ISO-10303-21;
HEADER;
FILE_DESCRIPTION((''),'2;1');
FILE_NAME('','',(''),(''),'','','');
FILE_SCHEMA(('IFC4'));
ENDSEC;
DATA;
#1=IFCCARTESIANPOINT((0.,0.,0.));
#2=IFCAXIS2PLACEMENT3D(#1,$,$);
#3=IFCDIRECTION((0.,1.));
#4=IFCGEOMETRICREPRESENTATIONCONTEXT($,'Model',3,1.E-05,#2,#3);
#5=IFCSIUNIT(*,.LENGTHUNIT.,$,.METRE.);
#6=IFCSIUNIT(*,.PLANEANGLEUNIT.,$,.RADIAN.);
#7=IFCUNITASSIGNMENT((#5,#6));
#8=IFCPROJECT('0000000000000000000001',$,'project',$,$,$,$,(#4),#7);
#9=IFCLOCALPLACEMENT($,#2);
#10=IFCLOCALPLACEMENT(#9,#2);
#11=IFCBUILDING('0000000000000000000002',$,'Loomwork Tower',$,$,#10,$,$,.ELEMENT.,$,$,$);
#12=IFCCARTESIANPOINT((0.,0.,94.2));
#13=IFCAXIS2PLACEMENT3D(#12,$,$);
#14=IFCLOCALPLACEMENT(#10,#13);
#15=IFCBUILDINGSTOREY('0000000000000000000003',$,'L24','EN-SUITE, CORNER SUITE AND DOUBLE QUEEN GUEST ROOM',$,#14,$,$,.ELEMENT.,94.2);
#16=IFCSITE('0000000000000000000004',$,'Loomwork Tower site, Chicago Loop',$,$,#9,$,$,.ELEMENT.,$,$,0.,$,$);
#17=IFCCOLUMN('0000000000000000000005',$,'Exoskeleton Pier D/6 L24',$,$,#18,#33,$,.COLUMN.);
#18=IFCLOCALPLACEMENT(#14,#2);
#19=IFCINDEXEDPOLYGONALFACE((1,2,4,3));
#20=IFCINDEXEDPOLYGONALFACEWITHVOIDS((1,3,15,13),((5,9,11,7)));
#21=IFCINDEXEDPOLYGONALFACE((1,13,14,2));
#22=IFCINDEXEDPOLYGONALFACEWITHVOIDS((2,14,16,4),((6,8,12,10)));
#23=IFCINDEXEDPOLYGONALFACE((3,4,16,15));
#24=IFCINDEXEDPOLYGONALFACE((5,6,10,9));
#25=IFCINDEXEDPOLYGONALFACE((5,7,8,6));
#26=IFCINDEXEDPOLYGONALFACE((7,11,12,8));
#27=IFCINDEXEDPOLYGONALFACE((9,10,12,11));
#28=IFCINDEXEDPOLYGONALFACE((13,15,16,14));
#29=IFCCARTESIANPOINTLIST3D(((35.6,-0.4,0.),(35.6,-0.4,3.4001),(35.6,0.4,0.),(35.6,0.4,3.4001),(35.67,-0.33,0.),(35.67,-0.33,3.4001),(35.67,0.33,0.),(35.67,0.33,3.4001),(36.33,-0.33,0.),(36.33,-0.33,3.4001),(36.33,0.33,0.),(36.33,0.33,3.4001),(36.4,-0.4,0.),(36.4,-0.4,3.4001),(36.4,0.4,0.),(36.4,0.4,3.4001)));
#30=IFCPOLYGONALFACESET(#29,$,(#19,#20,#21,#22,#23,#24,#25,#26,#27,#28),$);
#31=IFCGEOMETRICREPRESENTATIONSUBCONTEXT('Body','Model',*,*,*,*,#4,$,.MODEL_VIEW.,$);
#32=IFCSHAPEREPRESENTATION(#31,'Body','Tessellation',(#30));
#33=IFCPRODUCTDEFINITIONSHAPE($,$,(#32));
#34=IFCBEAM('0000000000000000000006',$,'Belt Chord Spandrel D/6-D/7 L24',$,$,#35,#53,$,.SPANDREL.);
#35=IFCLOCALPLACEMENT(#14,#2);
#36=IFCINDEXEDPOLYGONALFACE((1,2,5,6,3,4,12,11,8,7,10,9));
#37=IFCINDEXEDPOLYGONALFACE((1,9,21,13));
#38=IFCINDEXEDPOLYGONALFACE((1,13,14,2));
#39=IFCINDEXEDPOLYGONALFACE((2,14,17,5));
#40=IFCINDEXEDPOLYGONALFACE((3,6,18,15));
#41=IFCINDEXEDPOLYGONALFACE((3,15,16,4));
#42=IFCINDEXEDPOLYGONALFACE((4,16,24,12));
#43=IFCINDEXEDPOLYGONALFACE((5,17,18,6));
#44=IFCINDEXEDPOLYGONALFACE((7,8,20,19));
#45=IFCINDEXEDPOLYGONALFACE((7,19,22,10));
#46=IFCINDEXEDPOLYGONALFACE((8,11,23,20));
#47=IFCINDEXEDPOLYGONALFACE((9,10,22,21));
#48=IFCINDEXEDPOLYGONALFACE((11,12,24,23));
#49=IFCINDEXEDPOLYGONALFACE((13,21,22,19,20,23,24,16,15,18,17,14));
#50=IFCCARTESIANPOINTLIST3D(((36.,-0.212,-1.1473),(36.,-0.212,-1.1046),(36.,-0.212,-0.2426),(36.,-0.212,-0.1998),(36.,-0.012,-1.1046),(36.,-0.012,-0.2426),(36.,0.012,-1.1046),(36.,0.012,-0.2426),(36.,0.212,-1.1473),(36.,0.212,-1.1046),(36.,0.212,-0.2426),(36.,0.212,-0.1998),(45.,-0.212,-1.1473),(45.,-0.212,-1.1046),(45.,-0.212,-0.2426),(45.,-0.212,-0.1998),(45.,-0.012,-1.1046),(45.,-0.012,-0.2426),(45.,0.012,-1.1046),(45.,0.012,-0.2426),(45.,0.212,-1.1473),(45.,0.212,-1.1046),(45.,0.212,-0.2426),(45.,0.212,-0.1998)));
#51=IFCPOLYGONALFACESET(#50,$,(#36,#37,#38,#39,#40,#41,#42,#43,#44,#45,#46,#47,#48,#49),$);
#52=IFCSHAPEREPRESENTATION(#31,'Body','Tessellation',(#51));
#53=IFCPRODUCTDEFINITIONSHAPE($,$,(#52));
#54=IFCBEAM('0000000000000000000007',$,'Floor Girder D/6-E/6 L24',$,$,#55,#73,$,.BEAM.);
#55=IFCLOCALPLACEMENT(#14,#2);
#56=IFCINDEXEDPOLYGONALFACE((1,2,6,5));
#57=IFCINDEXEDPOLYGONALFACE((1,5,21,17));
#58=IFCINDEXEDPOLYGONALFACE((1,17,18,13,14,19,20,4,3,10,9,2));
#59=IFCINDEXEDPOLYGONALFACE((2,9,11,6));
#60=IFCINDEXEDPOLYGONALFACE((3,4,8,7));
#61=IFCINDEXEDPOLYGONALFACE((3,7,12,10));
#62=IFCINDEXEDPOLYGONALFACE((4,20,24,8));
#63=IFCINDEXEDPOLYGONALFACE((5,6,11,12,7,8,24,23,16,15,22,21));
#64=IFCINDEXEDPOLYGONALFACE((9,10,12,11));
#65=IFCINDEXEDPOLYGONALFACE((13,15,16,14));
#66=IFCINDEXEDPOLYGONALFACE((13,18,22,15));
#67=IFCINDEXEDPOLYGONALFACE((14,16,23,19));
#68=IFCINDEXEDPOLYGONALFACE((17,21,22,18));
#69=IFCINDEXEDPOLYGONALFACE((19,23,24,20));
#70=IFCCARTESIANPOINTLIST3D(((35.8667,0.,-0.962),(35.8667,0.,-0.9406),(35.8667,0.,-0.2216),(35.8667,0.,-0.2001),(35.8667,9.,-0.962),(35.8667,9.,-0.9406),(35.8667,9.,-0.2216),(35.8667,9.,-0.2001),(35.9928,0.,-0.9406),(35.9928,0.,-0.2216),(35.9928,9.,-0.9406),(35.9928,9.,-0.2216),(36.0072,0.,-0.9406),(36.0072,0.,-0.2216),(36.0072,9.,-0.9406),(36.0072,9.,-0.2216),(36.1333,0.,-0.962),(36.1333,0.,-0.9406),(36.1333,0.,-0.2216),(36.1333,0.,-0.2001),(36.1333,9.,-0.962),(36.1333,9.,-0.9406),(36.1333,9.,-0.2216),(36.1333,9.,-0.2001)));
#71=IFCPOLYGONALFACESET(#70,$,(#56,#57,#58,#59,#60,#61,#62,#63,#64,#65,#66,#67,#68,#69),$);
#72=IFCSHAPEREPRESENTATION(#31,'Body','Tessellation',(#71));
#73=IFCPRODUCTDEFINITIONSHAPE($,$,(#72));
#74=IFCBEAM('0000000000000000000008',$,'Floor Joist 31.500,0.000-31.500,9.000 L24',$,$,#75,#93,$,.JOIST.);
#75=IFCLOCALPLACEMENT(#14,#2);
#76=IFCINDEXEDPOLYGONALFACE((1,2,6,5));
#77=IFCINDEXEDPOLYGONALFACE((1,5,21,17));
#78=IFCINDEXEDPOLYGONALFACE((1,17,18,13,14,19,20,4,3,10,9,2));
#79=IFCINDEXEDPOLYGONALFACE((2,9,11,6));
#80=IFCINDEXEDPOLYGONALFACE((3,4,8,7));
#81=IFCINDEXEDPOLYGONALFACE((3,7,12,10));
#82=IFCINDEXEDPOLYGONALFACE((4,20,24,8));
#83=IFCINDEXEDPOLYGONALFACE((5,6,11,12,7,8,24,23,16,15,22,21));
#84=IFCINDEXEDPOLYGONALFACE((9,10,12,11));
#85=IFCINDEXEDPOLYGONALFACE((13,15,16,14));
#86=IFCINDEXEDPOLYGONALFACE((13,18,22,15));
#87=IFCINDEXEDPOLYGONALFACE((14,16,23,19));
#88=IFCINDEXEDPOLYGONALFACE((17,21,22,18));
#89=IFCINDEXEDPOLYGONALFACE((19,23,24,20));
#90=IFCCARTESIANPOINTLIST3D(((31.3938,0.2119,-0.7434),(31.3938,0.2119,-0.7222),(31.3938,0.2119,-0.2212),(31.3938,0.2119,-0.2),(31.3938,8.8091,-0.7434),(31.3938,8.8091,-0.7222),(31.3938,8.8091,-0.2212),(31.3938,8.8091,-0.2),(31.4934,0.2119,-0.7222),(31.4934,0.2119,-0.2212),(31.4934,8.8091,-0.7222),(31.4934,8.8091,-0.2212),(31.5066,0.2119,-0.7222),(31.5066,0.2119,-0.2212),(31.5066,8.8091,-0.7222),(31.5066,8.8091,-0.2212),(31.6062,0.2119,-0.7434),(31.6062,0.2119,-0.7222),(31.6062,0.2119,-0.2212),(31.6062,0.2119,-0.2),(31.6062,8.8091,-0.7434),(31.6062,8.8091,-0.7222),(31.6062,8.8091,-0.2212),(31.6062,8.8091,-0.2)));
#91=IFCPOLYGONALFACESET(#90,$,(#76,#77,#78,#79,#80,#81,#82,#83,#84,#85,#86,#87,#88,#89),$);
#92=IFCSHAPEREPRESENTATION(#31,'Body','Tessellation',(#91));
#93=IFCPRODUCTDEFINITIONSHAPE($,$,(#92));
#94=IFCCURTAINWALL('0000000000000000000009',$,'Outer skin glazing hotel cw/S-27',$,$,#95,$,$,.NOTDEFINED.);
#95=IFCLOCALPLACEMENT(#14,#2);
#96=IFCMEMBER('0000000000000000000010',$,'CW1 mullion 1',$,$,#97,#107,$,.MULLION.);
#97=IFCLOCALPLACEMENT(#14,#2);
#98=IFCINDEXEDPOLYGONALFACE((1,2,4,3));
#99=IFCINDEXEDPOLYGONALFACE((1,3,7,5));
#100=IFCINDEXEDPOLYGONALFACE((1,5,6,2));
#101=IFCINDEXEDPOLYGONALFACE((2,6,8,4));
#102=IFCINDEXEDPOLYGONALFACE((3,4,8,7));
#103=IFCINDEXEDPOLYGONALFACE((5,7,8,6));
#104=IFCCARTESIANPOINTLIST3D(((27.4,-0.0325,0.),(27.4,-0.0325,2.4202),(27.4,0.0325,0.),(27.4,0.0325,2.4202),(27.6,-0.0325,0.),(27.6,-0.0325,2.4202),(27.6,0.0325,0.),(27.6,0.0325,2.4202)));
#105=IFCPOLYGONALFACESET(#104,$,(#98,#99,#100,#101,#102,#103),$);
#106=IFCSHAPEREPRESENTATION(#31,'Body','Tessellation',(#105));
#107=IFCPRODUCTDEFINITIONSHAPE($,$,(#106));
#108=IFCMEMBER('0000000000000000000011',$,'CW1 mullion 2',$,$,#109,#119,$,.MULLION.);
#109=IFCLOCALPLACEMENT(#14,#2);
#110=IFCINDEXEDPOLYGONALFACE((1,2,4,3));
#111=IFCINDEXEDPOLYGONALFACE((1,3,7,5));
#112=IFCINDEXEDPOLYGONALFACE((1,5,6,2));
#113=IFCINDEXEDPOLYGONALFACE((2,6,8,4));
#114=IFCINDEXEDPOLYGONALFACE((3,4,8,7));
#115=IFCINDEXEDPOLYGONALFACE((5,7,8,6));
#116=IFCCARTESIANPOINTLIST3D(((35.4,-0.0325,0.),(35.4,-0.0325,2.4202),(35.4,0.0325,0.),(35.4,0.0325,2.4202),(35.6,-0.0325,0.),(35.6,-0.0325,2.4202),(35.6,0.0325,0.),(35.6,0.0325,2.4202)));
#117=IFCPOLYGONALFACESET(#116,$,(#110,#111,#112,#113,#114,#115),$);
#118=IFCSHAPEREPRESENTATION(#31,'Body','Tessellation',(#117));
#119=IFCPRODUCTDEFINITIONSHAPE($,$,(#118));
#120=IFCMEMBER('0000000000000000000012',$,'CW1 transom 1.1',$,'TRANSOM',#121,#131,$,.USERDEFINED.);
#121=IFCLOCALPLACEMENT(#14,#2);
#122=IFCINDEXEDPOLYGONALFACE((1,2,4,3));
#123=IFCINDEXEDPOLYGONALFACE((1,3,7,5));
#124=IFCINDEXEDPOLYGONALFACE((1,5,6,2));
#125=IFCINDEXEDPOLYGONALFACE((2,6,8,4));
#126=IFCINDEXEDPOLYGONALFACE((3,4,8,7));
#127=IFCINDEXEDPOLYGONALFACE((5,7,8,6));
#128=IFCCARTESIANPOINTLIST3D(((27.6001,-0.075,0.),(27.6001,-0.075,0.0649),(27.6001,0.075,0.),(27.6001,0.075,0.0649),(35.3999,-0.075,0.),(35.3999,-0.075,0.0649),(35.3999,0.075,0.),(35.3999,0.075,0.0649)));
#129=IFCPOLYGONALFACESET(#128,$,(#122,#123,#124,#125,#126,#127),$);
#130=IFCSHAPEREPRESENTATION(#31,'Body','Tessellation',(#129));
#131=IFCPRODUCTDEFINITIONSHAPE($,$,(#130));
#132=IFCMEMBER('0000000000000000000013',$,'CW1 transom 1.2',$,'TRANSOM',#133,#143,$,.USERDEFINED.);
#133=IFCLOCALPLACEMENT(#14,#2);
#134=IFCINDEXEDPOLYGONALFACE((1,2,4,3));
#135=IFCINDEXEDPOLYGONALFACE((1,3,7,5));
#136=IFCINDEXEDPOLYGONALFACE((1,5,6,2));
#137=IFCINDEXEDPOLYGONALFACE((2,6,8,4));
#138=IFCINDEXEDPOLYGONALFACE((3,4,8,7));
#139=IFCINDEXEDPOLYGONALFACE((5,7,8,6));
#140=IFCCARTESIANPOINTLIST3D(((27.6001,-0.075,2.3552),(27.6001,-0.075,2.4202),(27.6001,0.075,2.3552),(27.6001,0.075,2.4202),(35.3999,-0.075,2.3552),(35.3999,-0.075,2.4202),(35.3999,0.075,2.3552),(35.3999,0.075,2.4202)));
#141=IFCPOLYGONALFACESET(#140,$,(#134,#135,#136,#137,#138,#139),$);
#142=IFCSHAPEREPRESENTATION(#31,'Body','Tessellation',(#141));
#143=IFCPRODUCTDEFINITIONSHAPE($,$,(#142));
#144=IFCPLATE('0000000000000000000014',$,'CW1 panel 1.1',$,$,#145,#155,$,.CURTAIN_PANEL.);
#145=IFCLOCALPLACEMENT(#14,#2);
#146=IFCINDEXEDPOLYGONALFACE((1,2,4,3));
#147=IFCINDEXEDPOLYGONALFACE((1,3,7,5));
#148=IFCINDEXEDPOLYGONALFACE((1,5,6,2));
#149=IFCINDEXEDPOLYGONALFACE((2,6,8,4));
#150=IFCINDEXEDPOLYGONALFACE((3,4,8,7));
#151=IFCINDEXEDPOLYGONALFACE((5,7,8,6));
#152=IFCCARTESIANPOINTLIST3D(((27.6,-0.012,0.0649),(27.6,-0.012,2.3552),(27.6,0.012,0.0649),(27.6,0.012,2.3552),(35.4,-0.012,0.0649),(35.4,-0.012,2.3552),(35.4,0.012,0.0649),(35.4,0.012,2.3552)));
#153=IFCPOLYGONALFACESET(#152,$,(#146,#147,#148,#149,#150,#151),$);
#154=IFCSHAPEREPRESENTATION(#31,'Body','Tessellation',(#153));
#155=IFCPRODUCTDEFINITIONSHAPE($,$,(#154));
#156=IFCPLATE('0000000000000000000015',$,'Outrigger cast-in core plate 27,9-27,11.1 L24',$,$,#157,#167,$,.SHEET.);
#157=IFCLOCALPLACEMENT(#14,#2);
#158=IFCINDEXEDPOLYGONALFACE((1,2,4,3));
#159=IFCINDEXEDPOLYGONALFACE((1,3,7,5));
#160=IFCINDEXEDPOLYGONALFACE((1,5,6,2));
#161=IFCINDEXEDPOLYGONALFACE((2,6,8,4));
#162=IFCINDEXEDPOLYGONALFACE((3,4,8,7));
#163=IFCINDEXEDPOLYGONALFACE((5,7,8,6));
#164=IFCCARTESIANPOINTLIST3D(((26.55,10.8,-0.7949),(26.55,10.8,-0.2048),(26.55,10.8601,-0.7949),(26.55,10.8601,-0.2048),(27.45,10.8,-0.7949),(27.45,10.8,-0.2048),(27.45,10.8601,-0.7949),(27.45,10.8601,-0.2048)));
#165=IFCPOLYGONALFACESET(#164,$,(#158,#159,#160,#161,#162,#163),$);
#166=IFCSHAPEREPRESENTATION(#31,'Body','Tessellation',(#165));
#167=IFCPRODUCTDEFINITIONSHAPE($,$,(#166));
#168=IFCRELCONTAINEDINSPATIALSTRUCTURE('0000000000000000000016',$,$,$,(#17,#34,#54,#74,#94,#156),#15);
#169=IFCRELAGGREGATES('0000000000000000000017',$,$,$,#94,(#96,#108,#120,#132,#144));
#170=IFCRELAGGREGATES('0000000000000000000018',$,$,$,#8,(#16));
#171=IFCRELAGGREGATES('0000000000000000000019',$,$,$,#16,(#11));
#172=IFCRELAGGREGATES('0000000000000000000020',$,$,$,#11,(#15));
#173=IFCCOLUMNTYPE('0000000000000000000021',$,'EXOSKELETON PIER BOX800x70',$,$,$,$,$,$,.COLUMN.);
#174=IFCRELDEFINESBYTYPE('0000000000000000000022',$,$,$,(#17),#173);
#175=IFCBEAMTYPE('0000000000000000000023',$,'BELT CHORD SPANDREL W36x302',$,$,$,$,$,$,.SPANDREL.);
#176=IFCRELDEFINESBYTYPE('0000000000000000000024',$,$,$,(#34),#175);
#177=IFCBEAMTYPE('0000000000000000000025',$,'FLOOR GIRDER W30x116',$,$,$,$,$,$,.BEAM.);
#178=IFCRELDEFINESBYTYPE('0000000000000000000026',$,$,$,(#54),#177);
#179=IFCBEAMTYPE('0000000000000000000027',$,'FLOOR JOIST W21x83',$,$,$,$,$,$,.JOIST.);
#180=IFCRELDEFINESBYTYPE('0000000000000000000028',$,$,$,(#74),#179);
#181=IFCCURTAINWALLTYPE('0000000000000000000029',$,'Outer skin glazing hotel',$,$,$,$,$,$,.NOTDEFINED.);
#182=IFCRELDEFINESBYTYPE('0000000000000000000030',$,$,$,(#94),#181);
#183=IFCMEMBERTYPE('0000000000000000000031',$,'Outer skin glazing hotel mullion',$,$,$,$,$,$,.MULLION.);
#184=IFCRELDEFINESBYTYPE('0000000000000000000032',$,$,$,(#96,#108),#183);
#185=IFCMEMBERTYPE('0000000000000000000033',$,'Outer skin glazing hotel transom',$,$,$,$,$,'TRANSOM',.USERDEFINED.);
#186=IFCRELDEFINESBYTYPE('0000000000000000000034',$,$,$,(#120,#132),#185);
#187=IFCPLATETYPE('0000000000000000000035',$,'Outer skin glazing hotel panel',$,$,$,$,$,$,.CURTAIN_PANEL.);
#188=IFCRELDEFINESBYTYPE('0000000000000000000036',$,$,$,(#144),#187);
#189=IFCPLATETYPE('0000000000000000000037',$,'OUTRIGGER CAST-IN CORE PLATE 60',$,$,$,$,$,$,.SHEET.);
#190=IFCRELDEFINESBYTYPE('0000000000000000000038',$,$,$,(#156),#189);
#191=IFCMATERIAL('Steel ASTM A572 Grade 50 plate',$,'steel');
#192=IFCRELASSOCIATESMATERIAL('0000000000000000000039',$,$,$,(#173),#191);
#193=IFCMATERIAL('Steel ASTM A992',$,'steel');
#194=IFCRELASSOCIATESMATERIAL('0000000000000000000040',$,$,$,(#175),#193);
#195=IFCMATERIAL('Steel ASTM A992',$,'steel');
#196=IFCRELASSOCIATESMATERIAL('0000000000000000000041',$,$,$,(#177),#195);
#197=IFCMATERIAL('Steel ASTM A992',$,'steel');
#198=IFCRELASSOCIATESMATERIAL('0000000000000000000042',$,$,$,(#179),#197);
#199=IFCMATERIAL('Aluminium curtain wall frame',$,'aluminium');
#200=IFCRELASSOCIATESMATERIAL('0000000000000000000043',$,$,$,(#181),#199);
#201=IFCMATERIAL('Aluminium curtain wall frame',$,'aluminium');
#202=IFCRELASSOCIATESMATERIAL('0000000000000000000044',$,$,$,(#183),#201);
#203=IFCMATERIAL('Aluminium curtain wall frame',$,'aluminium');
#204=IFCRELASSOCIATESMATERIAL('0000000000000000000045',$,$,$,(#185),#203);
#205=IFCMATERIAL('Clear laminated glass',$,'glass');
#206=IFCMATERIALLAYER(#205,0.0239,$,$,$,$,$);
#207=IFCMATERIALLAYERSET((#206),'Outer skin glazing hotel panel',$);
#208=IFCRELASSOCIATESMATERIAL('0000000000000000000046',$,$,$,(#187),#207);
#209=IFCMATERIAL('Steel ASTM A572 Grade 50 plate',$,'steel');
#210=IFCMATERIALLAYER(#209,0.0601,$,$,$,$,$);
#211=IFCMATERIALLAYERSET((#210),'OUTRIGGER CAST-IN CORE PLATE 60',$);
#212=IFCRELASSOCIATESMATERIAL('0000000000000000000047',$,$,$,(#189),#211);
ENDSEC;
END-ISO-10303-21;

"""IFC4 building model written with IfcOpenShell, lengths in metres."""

from ifc_helpers import new_model, si_unit, direction, frame, origin, origin_2d, place, context, subcontext, project, spatial, rectangle, hollow_rectangle, i_section, extrude, material, layer, layer_set, material_profile, profile_set, type_object, element, aggregate, save


model = new_model("IFC4")

# Units and contexts
model_context = context("Model", 3, precision=1e-05, world=origin(), true_north=direction((0.0, 1.0)))
body_context = subcontext(model_context, "Body", "Model", "MODEL_VIEW")
ifc_project = project(units=[si_unit("LENGTHUNIT", "METRE"), si_unit("PLANEANGLEUNIT", "RADIAN")], contexts=[model_context])

# Site, building, storey
site_placement = place(None, origin())
site = spatial("IfcSite", under=ifc_project, at=site_placement, Name="Loomwork Tower site, Chicago Loop", CompositionType="ELEMENT", RefElevation=0.0)
building_placement = place(site_placement, origin())
building = spatial("IfcBuilding", under=site, at=building_placement, Name="Loomwork Tower", CompositionType="ELEMENT")
storey_placement = place(building_placement, frame((0.0, 0.0, 94.2)))
storey = spatial("IfcBuildingStorey", under=building, at=storey_placement, Name="L24", Description="EN-SUITE, CORNER SUITE AND DOUBLE QUEEN GUEST ROOM", CompositionType="ELEMENT", Elevation=94.2)

# Column
ifc_material_1 = material(Name="Steel ASTM A572 Grade 50 plate", Category="steel")
ifc_material_profile_1 = material_profile(ifc_material_1, hollow_rectangle(XDim=0.8, YDim=0.8, WallThickness=0.0701, at=origin_2d()), Name="BOX800x70")
ifc_profile_set_1 = profile_set([ifc_material_profile_1], Name="Steel ASTM A572 Grade 50 plate")
column_type = type_object("IfcColumnType", Name="EXOSKELETON PIER BOX800x70", PredefinedType="COLUMN", material=ifc_profile_set_1)
column_placement = place(storey_placement, frame((36.0, 0.0, 0.0), z_axis=(0.0, 0.0, 1.0), x_axis=(1.0, 0.0, 0.0)))
element("IfcColumn", 1, at=column_placement, inside=storey, type_object=column_type, Name="Exoskeleton Pier D/6 L24", PredefinedType="COLUMN", context=body_context, shape_type="SweptSolid", body=[
    extrude(hollow_rectangle(XDim=0.8, YDim=0.8, WallThickness=0.0701, at=origin_2d()), origin(), (0.0, 0.0, 1.0), 3.4001),
])

# Beams
ifc_material_2 = material(Name="Steel ASTM A992", Category="steel")
ifc_material_profile_2 = material_profile(ifc_material_2, i_section(OverallWidth=0.4241, OverallDepth=0.9475, WebThickness=0.0239, FlangeThickness=0.0427, at=origin_2d()), Name="W36x302")
ifc_profile_set_2 = profile_set([ifc_material_profile_2], Name="Steel ASTM A992")
beam_type_1 = type_object("IfcBeamType", Name="BELT CHORD SPANDREL W36x302", PredefinedType="SPANDREL", material=ifc_profile_set_2)
beam_1_placement = place(storey_placement, frame((36.0, 0.0, -0.6736), z_axis=(1.0, 0.0, 0.0), x_axis=(0.0, 1.0, 0.0)))
element("IfcBeam", 2, at=beam_1_placement, inside=storey, type_object=beam_type_1, Name="Belt Chord Spandrel D/6-D/7 L24", PredefinedType="SPANDREL", context=body_context, shape_type="SweptSolid", body=[
    extrude(i_section(OverallWidth=0.4241, OverallDepth=0.9475, WebThickness=0.0239, FlangeThickness=0.0427, at=origin_2d()), origin(), (0.0, 0.0, 1.0), 9.0),
])
ifc_material_3 = material(Name="Steel ASTM A992", Category="steel")
ifc_material_profile_3 = material_profile(ifc_material_3, i_section(OverallWidth=0.2666, OverallDepth=0.762, WebThickness=0.0144, FlangeThickness=0.0215, at=origin_2d()), Name="W30x116")
ifc_profile_set_3 = profile_set([ifc_material_profile_3], Name="Steel ASTM A992")
beam_type_2 = type_object("IfcBeamType", Name="FLOOR GIRDER W30x116", PredefinedType="BEAM", material=ifc_profile_set_3)
beam_2_placement = place(storey_placement, frame((36.0, 0.0, -0.5811), z_axis=(0.0, 1.0, 0.0), x_axis=(-1.0, 0.0, 0.0)))
element("IfcBeam", 3, at=beam_2_placement, inside=storey, type_object=beam_type_2, Name="Floor Girder D/6-E/6 L24", PredefinedType="BEAM", context=body_context, shape_type="SweptSolid", body=[
    extrude(i_section(OverallWidth=0.2666, OverallDepth=0.762, WebThickness=0.0144, FlangeThickness=0.0215, at=origin_2d()), origin(), (0.0, 0.0, 1.0), 9.0),
])
ifc_material_4 = material(Name="Steel ASTM A992", Category="steel")
ifc_material_profile_4 = material_profile(ifc_material_4, i_section(OverallWidth=0.2124, OverallDepth=0.5435, WebThickness=0.0132, FlangeThickness=0.0212, at=origin_2d()), Name="W21x83")
ifc_profile_set_4 = profile_set([ifc_material_profile_4], Name="Steel ASTM A992")
beam_type_3 = type_object("IfcBeamType", Name="FLOOR JOIST W21x83", PredefinedType="JOIST", material=ifc_profile_set_4)
beam_3_placement = place(storey_placement, frame((31.5, 0.2119, -0.4717), z_axis=(0.0, 1.0, 0.0), x_axis=(-1.0, 0.0, 0.0)))
element("IfcBeam", 4, at=beam_3_placement, inside=storey, type_object=beam_type_3, Name="Floor Joist 31.500,0.000-31.500,9.000 L24", PredefinedType="JOIST", context=body_context, shape_type="SweptSolid", body=[
    extrude(i_section(OverallWidth=0.2124, OverallDepth=0.5435, WebThickness=0.0132, FlangeThickness=0.0212, at=origin_2d()), origin(), (0.0, 0.0, 1.0), 8.5972),
])

# Curtain wall, members, plate
ifc_material_5 = material(Name="Aluminium curtain wall frame", Category="aluminium")
curtain_wall_type = type_object("IfcCurtainWallType", Name="Outer skin glazing hotel", PredefinedType="NOTDEFINED", material=ifc_material_5)
curtain_wall_placement = place(storey_placement, origin())
curtain_wall = element("IfcCurtainWall", 5, at=curtain_wall_placement, inside=storey, type_object=curtain_wall_type, Name="Outer skin glazing hotel cw/S-27", PredefinedType="NOTDEFINED")
ifc_material_6 = material(Name="Aluminium curtain wall frame", Category="aluminium")
ifc_material_profile_5 = material_profile(ifc_material_6, rectangle(XDim=0.0649, YDim=0.2, at=origin_2d()), Name="AL 65x200")
ifc_profile_set_5 = profile_set([ifc_material_profile_5], Name="Aluminium curtain wall frame")
member_type_1 = type_object("IfcMemberType", Name="Outer skin glazing hotel mullion", PredefinedType="MULLION", material=ifc_profile_set_5)
member_1_placement = place(storey_placement, frame((27.5, 0.0, 0.0), z_axis=(0.0, 0.0, 1.0), x_axis=(0.0, 1.0, 0.0)))
member_1 = element("IfcMember", 6, at=member_1_placement, type_object=member_type_1, Name="CW1 mullion 1", PredefinedType="MULLION", context=body_context, shape_type="SweptSolid", body=[
    extrude(rectangle(XDim=0.0649, YDim=0.2, at=origin_2d()), origin(), (0.0, 0.0, 1.0), 2.4202),
])
member_2_placement = place(storey_placement, frame((35.5, 0.0, 0.0), z_axis=(0.0, 0.0, 1.0), x_axis=(0.0, 1.0, 0.0)))
member_2 = element("IfcMember", 7, at=member_2_placement, type_object=member_type_1, Name="CW1 mullion 2", PredefinedType="MULLION", context=body_context, shape_type="SweptSolid", body=[
    extrude(rectangle(XDim=0.0649, YDim=0.2, at=origin_2d()), origin(), (0.0, 0.0, 1.0), 2.4202),
])
ifc_material_7 = material(Name="Aluminium curtain wall frame", Category="aluminium")
ifc_material_profile_6 = material_profile(ifc_material_7, rectangle(XDim=0.1499, YDim=0.0649, at=origin_2d()), Name="AL 65x150")
ifc_profile_set_6 = profile_set([ifc_material_profile_6], Name="Aluminium curtain wall frame")
member_type_2 = type_object("IfcMemberType", Name="Outer skin glazing hotel transom", ElementType="TRANSOM", PredefinedType="USERDEFINED", material=ifc_profile_set_6)
member_3_placement = place(storey_placement, frame((27.6001, 0.0, 0.0325), z_axis=(1.0, 0.0, 0.0), x_axis=(0.0, 1.0, 0.0)))
member_3 = element("IfcMember", 8, at=member_3_placement, type_object=member_type_2, Name="CW1 transom 1.1", ObjectType="TRANSOM", PredefinedType="USERDEFINED", context=body_context, shape_type="SweptSolid", body=[
    extrude(rectangle(XDim=0.1499, YDim=0.0649, at=origin_2d()), origin(), (0.0, 0.0, 1.0), 7.7998),
])
member_4_placement = place(storey_placement, frame((27.6001, 0.0, 2.3877), z_axis=(1.0, 0.0, 0.0), x_axis=(0.0, 1.0, 0.0)))
member_4 = element("IfcMember", 9, at=member_4_placement, type_object=member_type_2, Name="CW1 transom 1.2", ObjectType="TRANSOM", PredefinedType="USERDEFINED", context=body_context, shape_type="SweptSolid", body=[
    extrude(rectangle(XDim=0.1499, YDim=0.0649, at=origin_2d()), origin(), (0.0, 0.0, 1.0), 7.7998),
])
ifc_material_8 = material(Name="Clear laminated glass", Category="glass")
ifc_layer_1 = layer(ifc_material_8, 0.0239)
ifc_layer_set_1 = layer_set([ifc_layer_1], Name="Outer skin glazing hotel panel")
plate_type_1 = type_object("IfcPlateType", Name="Outer skin glazing hotel panel", PredefinedType="CURTAIN_PANEL", material=ifc_layer_set_1)
plate_1_placement = place(storey_placement, frame((31.5, 0.0, 0.0649), z_axis=(0.0, 0.0, 1.0), x_axis=(1.0, 0.0, 0.0)))
plate_1 = element("IfcPlate", 10, at=plate_1_placement, type_object=plate_type_1, Name="CW1 panel 1.1", PredefinedType="CURTAIN_PANEL", context=body_context, shape_type="SweptSolid", body=[
    extrude(rectangle(XDim=7.8, YDim=0.0239, at=origin_2d()), origin(), (0.0, 0.0, 1.0), 2.2903),
])
aggregate(curtain_wall, [member_1, member_2, member_3, member_4, plate_1])

# Plate
ifc_material_9 = material(Name="Steel ASTM A572 Grade 50 plate", Category="steel")
ifc_layer_2 = layer(ifc_material_9, 0.0601)
ifc_layer_set_2 = layer_set([ifc_layer_2], Name="OUTRIGGER CAST-IN CORE PLATE 60")
plate_type_2 = type_object("IfcPlateType", Name="OUTRIGGER CAST-IN CORE PLATE 60", PredefinedType="SHEET", material=ifc_layer_set_2)
plate_2_placement = place(storey_placement, frame((27.0, 10.8301, -0.7949), z_axis=(0.0, 0.0, 1.0), x_axis=(1.0, 0.0, 0.0)))
element("IfcPlate", 11, at=plate_2_placement, inside=storey, type_object=plate_type_2, Name="Outrigger cast-in core plate 27,9-27,11.1 L24", PredefinedType="SHEET", context=body_context, shape_type="SweptSolid", body=[
    extrude(rectangle(XDim=0.8999, YDim=0.0601, at=origin_2d()), origin(), (0.0, 0.0, 1.0), 0.5901),
])

save(model, "model.ifc")
